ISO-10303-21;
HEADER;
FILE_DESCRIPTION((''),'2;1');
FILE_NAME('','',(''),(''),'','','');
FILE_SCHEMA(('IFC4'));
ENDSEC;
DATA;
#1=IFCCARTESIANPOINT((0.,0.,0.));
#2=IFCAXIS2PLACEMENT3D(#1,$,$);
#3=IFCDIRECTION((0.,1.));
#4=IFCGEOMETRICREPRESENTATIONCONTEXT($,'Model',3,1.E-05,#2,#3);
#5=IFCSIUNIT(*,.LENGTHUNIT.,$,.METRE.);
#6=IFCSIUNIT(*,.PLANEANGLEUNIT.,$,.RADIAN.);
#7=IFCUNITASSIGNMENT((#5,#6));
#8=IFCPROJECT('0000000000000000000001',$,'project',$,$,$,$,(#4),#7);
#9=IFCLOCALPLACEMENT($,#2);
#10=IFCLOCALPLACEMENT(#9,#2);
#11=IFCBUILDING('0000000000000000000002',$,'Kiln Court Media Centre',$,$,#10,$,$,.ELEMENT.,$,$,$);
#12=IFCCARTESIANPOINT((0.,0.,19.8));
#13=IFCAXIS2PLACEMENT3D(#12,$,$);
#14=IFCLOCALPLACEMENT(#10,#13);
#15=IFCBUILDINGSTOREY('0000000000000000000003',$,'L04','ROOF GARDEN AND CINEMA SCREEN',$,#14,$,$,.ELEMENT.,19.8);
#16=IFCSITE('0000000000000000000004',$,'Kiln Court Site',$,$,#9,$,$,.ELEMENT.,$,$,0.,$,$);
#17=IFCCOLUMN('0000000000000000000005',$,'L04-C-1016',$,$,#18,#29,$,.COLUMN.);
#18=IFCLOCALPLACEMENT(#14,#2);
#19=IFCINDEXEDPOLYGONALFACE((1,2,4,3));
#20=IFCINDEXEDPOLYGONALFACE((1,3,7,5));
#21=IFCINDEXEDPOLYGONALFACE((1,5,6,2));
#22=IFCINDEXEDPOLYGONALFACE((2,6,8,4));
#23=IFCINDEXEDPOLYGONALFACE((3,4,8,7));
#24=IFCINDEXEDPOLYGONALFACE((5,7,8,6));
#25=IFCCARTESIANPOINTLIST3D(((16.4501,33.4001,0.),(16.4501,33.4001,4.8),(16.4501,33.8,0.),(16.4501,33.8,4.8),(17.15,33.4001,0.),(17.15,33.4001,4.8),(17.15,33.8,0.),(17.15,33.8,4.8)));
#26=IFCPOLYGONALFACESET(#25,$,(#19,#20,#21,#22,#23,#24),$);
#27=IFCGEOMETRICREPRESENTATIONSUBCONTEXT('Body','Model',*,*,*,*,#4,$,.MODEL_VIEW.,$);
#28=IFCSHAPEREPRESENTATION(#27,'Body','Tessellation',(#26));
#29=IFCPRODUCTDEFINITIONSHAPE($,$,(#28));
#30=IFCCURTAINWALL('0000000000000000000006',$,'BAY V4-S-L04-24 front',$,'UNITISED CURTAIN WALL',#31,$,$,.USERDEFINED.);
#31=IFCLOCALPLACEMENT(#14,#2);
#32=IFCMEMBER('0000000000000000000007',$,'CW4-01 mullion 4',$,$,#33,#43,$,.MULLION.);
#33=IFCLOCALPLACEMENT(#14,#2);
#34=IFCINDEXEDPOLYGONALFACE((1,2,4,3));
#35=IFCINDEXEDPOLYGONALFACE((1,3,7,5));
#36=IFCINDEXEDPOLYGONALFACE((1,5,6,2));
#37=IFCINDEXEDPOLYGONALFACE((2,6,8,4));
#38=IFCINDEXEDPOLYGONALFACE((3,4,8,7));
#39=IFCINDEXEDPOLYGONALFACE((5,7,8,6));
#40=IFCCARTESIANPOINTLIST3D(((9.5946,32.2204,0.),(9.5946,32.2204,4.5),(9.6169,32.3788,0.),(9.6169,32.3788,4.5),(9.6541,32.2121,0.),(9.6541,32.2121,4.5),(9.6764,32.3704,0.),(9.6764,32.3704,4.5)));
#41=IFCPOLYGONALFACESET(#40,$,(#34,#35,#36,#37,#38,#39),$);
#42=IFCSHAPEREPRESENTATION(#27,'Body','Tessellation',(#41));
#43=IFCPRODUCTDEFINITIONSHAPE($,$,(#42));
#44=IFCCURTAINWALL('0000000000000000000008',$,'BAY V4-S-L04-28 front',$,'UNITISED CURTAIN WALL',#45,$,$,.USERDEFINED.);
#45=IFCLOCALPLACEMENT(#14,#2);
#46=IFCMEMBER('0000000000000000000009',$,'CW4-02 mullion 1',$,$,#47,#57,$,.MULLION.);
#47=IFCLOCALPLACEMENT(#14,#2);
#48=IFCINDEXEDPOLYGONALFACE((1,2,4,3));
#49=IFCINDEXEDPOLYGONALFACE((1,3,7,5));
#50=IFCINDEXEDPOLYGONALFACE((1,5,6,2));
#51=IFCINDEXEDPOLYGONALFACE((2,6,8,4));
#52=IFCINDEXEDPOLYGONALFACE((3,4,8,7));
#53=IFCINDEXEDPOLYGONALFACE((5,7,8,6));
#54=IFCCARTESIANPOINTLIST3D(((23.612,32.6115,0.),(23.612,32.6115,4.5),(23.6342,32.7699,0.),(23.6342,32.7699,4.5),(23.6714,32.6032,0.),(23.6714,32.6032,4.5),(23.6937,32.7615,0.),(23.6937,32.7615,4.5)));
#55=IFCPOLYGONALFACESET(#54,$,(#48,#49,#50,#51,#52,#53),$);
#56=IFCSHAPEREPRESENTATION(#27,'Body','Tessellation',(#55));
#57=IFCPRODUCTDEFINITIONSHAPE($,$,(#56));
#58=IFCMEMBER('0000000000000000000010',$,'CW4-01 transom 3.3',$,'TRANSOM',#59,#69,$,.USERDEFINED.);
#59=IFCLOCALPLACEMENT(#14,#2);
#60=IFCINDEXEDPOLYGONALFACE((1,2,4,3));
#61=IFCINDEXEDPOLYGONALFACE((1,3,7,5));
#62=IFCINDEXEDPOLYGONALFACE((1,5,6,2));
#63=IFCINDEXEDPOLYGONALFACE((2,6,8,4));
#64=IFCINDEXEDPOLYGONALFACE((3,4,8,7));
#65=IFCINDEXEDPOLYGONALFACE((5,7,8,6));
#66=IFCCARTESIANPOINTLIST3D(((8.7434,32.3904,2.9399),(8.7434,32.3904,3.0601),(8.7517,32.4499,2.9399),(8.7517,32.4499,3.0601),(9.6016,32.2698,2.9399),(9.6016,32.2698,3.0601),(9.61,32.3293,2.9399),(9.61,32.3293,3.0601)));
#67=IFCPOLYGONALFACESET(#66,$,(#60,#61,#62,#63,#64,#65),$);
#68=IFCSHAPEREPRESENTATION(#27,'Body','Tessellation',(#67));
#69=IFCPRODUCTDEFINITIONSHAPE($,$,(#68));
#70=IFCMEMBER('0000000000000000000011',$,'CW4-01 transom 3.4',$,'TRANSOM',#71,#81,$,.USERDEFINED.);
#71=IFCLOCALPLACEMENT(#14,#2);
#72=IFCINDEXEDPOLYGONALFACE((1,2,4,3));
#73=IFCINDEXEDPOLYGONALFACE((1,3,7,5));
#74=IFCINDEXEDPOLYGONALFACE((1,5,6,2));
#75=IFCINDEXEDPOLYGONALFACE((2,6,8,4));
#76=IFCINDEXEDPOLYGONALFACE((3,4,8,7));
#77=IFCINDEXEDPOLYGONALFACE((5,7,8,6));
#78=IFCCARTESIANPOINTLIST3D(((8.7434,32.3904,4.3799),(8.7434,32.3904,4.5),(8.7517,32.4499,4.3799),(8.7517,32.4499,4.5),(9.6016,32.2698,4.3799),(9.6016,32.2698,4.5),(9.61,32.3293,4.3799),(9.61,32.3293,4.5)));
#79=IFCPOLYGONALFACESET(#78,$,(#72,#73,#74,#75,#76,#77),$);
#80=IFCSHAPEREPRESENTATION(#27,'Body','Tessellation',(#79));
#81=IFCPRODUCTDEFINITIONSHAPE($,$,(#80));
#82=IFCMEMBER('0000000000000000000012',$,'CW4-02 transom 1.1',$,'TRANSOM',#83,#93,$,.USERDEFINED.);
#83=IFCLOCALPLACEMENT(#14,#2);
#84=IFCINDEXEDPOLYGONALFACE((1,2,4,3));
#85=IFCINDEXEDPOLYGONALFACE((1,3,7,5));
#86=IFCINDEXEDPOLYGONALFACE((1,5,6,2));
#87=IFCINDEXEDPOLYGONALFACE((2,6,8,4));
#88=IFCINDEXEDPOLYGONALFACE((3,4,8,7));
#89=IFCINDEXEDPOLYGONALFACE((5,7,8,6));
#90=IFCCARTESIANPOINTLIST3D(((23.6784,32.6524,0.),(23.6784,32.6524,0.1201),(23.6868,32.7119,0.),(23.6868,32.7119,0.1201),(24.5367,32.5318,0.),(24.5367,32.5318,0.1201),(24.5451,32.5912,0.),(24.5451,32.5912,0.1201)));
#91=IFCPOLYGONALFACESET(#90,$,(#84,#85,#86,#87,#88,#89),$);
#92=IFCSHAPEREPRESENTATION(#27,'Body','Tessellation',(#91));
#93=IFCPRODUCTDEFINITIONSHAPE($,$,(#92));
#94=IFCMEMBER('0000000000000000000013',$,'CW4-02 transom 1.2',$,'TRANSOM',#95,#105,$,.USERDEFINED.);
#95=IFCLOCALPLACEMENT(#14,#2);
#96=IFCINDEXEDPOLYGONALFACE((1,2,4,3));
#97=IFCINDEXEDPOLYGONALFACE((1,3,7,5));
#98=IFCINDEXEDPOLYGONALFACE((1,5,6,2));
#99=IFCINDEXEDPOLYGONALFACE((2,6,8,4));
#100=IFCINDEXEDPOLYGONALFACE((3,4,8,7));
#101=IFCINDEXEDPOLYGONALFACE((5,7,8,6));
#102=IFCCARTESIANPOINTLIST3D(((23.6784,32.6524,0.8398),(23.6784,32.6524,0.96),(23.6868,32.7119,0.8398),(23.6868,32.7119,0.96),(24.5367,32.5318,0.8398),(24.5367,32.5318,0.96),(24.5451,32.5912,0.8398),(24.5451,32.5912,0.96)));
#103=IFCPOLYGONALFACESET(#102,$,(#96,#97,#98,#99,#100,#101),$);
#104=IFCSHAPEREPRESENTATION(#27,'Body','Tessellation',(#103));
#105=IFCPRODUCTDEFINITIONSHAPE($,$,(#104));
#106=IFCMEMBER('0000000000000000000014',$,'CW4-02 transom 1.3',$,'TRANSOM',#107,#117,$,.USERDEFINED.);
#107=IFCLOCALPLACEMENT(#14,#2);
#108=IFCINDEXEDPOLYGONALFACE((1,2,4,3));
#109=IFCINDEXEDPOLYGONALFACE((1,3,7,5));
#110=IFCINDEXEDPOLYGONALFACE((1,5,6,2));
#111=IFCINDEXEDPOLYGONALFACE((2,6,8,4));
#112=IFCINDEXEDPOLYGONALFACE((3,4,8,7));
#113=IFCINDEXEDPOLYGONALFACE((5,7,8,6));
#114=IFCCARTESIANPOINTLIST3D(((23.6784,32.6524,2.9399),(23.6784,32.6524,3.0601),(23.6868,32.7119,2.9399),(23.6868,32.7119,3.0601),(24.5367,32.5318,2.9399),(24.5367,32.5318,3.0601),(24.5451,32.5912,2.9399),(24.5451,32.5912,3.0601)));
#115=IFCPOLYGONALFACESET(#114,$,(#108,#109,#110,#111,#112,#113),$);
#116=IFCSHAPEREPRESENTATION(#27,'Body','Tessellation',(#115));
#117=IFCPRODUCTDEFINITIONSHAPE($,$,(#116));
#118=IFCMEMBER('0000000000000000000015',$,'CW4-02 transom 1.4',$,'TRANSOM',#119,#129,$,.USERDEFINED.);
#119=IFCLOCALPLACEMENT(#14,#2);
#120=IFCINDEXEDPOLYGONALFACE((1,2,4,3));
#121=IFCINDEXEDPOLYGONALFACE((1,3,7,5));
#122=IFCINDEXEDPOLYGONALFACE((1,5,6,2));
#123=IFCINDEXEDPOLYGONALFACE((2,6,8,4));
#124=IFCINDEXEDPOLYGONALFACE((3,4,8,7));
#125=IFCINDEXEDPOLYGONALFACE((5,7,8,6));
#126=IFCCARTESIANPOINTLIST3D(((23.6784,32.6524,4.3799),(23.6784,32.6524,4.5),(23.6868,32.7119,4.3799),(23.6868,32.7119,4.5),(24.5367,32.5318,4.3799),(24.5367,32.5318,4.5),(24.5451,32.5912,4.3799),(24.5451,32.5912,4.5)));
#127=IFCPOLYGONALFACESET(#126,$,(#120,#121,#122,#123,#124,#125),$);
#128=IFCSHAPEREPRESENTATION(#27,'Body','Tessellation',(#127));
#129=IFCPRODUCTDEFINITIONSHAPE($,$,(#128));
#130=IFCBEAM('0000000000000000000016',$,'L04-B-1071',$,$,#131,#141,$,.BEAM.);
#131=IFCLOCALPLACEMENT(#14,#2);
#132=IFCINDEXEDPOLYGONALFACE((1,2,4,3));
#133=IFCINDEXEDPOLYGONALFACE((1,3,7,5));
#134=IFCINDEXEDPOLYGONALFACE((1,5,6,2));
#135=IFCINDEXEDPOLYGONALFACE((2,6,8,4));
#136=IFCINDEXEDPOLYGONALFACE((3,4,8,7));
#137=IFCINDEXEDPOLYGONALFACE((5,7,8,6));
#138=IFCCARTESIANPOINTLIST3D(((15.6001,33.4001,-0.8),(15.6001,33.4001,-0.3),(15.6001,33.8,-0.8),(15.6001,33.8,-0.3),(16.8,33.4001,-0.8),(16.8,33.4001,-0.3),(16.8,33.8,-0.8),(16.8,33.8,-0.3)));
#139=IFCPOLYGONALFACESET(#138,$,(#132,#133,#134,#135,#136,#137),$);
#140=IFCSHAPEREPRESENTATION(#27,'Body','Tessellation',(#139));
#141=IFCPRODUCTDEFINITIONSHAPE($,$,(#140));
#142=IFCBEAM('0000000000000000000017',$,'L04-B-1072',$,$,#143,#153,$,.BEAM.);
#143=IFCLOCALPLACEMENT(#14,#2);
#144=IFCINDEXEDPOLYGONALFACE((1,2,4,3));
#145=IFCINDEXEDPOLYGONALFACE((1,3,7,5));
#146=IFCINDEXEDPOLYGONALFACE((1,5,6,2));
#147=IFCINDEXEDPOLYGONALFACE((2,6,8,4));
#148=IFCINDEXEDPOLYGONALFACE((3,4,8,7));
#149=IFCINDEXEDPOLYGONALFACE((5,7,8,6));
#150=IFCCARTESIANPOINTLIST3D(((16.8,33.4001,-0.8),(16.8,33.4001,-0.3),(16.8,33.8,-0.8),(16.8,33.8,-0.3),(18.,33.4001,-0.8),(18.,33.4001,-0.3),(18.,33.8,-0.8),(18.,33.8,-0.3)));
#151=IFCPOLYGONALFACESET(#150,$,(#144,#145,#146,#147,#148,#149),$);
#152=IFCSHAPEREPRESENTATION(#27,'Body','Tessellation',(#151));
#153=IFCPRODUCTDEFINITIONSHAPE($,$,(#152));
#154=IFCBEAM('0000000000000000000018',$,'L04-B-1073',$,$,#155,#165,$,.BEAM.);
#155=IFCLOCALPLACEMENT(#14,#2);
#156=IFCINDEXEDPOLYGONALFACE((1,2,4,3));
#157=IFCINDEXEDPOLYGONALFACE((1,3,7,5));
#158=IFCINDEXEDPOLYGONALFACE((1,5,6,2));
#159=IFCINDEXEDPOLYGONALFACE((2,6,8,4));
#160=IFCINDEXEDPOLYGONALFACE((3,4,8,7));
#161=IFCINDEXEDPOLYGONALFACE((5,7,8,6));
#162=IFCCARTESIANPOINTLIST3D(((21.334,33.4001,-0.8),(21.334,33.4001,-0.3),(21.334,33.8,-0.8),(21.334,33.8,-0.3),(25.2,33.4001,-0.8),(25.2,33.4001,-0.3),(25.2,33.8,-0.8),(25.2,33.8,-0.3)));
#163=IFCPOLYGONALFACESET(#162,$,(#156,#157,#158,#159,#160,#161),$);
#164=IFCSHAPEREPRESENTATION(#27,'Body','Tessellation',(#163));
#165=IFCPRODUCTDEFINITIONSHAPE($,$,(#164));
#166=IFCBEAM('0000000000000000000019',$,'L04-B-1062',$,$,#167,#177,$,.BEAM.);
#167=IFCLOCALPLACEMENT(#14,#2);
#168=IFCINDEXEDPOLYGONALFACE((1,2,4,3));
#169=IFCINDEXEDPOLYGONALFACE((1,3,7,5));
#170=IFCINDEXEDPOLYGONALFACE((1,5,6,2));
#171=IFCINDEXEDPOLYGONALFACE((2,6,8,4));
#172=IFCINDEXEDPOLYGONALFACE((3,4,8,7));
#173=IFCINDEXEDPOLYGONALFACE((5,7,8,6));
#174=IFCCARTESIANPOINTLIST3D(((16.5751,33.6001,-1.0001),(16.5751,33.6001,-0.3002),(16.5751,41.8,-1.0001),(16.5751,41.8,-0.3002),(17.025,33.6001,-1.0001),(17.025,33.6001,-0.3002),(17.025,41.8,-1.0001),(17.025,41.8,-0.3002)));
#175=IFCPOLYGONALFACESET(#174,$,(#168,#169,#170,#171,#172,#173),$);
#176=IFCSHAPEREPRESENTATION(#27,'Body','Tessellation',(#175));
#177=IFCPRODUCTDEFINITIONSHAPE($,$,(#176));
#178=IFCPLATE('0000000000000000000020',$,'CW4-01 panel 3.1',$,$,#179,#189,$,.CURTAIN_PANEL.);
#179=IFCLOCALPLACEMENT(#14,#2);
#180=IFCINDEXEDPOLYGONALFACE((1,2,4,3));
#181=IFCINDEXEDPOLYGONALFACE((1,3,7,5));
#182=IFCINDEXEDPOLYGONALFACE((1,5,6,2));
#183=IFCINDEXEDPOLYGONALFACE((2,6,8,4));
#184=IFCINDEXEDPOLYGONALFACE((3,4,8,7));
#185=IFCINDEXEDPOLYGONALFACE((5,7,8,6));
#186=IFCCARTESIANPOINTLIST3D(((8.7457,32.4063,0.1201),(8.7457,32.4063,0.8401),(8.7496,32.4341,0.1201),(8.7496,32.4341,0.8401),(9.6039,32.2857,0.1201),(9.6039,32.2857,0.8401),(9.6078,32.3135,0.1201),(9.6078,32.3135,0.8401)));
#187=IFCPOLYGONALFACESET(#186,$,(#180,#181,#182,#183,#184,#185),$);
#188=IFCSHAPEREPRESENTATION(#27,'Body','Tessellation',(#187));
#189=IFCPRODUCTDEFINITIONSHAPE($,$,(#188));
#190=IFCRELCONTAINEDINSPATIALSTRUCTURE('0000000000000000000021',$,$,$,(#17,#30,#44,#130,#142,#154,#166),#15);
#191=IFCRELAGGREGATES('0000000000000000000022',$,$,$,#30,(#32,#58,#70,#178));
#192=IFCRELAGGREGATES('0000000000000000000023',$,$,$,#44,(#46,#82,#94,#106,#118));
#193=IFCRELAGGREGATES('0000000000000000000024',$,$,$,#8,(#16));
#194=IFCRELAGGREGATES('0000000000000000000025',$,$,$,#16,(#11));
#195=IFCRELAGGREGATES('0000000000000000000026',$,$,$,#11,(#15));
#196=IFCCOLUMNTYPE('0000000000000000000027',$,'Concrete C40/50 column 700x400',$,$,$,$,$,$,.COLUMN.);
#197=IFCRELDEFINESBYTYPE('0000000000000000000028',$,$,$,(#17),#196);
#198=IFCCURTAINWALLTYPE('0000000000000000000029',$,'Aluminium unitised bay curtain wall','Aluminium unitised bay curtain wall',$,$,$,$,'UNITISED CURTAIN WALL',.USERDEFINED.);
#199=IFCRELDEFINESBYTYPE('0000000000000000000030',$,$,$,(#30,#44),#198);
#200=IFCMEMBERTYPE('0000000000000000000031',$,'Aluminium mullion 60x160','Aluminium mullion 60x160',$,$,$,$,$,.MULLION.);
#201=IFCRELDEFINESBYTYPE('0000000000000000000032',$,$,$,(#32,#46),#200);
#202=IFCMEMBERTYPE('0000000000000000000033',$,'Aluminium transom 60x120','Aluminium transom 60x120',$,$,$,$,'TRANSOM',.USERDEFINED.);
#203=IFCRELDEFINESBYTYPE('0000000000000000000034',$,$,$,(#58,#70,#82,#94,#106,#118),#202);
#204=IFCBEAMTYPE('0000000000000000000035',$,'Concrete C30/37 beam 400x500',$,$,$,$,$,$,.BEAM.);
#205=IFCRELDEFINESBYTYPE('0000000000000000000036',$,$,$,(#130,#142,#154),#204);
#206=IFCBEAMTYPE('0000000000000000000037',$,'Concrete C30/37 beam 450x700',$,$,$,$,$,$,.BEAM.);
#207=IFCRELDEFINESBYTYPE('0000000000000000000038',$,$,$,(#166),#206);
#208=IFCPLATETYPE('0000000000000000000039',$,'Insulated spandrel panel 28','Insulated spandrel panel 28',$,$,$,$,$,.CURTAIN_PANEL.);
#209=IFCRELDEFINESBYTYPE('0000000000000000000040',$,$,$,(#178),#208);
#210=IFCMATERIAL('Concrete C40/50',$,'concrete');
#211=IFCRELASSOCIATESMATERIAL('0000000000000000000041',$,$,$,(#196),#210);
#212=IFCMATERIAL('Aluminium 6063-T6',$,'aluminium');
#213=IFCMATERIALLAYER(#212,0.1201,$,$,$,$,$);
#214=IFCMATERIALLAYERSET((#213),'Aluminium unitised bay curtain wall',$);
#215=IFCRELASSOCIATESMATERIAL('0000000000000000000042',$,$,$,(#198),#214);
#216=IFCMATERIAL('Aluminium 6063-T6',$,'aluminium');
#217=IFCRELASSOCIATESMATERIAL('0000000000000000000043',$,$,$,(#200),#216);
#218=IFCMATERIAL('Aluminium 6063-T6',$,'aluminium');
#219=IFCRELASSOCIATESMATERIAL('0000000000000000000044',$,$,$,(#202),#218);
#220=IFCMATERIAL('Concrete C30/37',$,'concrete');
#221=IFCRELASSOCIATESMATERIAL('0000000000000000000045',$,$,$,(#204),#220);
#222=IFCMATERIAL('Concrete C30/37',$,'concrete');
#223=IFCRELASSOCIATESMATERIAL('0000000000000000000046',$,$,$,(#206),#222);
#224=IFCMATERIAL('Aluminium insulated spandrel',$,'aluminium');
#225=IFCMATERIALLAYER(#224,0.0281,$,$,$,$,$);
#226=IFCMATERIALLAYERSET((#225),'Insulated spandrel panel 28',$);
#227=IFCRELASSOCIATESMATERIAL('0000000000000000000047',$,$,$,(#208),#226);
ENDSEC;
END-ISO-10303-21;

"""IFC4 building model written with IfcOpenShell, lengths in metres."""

from ifc_helpers import new_model, si_unit, direction, frame, origin, origin_2d, place, context, subcontext, project, spatial, rectangle, extrude, material, layer, layer_set, material_profile, profile_set, type_object, element, aggregate, save


model = new_model("IFC4")

# Units and contexts
model_context = context("Model", 3, precision=1e-05, world=origin(), true_north=direction((0.0, 1.0)))
body_context = subcontext(model_context, "Body", "Model", "MODEL_VIEW")
ifc_project = project(units=[si_unit("LENGTHUNIT", "METRE"), si_unit("PLANEANGLEUNIT", "RADIAN")], contexts=[model_context])

# Site, building, storey
site_placement = place(None, origin())
site = spatial("IfcSite", under=ifc_project, at=site_placement, Name="Kiln Court Site", CompositionType="ELEMENT", RefElevation=0.0)
building_placement = place(site_placement, origin())
building = spatial("IfcBuilding", under=site, at=building_placement, Name="Kiln Court Media Centre", CompositionType="ELEMENT")
storey_placement = place(building_placement, frame((0.0, 0.0, 19.8)))
storey = spatial("IfcBuildingStorey", under=building, at=storey_placement, Name="L04", Description="ROOF GARDEN AND CINEMA SCREEN", CompositionType="ELEMENT", Elevation=19.8)

# Column
ifc_material_1 = material(Name="Concrete C40/50", Category="concrete")
ifc_material_profile_1 = material_profile(ifc_material_1, rectangle(XDim=0.7, YDim=0.3999, at=origin_2d()), Name="RC 700x400")
ifc_profile_set_1 = profile_set([ifc_material_profile_1], Name="Concrete C40/50")
column_type = type_object("IfcColumnType", Name="Concrete C40/50 column 700x400", PredefinedType="COLUMN", material=ifc_profile_set_1)
column_placement = place(storey_placement, frame((16.8, 33.6001, 0.0), z_axis=(0.0, 0.0, 1.0), x_axis=(1.0, 0.0, 0.0)))
element("IfcColumn", 1, at=column_placement, inside=storey, type_object=column_type, Name="L04-C-1016", PredefinedType="COLUMN", context=body_context, shape_type="SweptSolid", body=[
    extrude(rectangle(XDim=0.7, YDim=0.3999, at=origin_2d()), origin(), (0.0, 0.0, 1.0), 4.8),
])

# Curtain walls, members
ifc_material_2 = material(Name="Aluminium 6063-T6", Category="aluminium")
ifc_layer_1 = layer(ifc_material_2, 0.1201)
ifc_layer_set_1 = layer_set([ifc_layer_1], Name="Aluminium unitised bay curtain wall")
curtain_wall_type = type_object("IfcCurtainWallType", Name="Aluminium unitised bay curtain wall", Description="Aluminium unitised bay curtain wall", ElementType="UNITISED CURTAIN WALL", PredefinedType="USERDEFINED", material=ifc_layer_set_1)
curtain_wall_1_placement = place(storey_placement, origin())
curtain_wall_1 = element("IfcCurtainWall", 2, at=curtain_wall_1_placement, inside=storey, type_object=curtain_wall_type, Name="BAY V4-S-L04-24 front", ObjectType="UNITISED CURTAIN WALL", PredefinedType="USERDEFINED")
ifc_material_3 = material(Name="Aluminium 6063-T6", Category="aluminium")
ifc_material_profile_2 = material_profile(ifc_material_3, rectangle(XDim=0.0601, YDim=0.1599, at=origin_2d()), Name="Aluminium mullion 60x160")
ifc_profile_set_2 = profile_set([ifc_material_profile_2], Name="Aluminium 6063-T6")
member_type_1 = type_object("IfcMemberType", Name="Aluminium mullion 60x160", Description="Aluminium mullion 60x160", PredefinedType="MULLION", material=ifc_profile_set_2)
member_1_placement = place(storey_placement, frame((9.6355, 32.2954, 0.0), z_axis=(0.0, 0.0, 1.0), x_axis=(0.99027, -0.139162, 0.0)))
member_1 = element("IfcMember", 3, at=member_1_placement, type_object=member_type_1, Name="CW4-01 mullion 4", PredefinedType="MULLION", context=body_context, shape_type="SweptSolid", body=[
    extrude(rectangle(XDim=0.0601, YDim=0.1599, at=origin_2d()), origin(), (0.0, 0.0, 1.0), 4.5),
])
curtain_wall_2_placement = place(storey_placement, origin())
curtain_wall_2 = element("IfcCurtainWall", 4, at=curtain_wall_2_placement, inside=storey, type_object=curtain_wall_type, Name="BAY V4-S-L04-28 front", ObjectType="UNITISED CURTAIN WALL", PredefinedType="USERDEFINED")
member_2_placement = place(storey_placement, frame((23.6528, 32.6865, 0.0), z_axis=(0.0, 0.0, 1.0), x_axis=(0.99027, -0.139162, 0.0)))
member_2 = element("IfcMember", 5, at=member_2_placement, type_object=member_type_1, Name="CW4-02 mullion 1", PredefinedType="MULLION", context=body_context, shape_type="SweptSolid", body=[
    extrude(rectangle(XDim=0.0601, YDim=0.1599, at=origin_2d()), origin(), (0.0, 0.0, 1.0), 4.5),
])

# Members
ifc_material_4 = material(Name="Aluminium 6063-T6", Category="aluminium")
ifc_material_profile_3 = material_profile(ifc_material_4, rectangle(XDim=0.0601, YDim=0.1201, at=origin_2d()), Name="Aluminium transom 60x120")
ifc_profile_set_3 = profile_set([ifc_material_profile_3], Name="Aluminium 6063-T6")
member_type_2 = type_object("IfcMemberType", Name="Aluminium transom 60x120", Description="Aluminium transom 60x120", ElementType="TRANSOM", PredefinedType="USERDEFINED", material=ifc_profile_set_3)
member_3_placement = place(storey_placement, frame((8.7476, 32.4202, 3.0), z_axis=(0.990268, -0.139173, 0.0), x_axis=(0.139173, 0.990268, 0.0)))
member_3 = element("IfcMember", 6, at=member_3_placement, type_object=member_type_2, Name="CW4-01 transom 3.3", ObjectType="TRANSOM", PredefinedType="USERDEFINED", context=body_context, shape_type="SweptSolid", body=[
    extrude(rectangle(XDim=0.0601, YDim=0.1201, at=origin_2d()), origin(), (0.0, 0.0, 1.0), 0.8667),
])
member_4_placement = place(storey_placement, frame((8.7476, 32.4202, 4.4399), z_axis=(0.990268, -0.139173, 0.0), x_axis=(0.139173, 0.990268, 0.0)))
member_4 = element("IfcMember", 7, at=member_4_placement, type_object=member_type_2, Name="CW4-01 transom 3.4", ObjectType="TRANSOM", PredefinedType="USERDEFINED", context=body_context, shape_type="SweptSolid", body=[
    extrude(rectangle(XDim=0.0601, YDim=0.1201, at=origin_2d()), origin(), (0.0, 0.0, 1.0), 0.8667),
])
member_5_placement = place(storey_placement, frame((23.6826, 32.6821, 0.0601), z_axis=(0.990268, -0.139173, 0.0), x_axis=(0.139173, 0.990268, 0.0)))
member_5 = element("IfcMember", 8, at=member_5_placement, type_object=member_type_2, Name="CW4-02 transom 1.1", ObjectType="TRANSOM", PredefinedType="USERDEFINED", context=body_context, shape_type="SweptSolid", body=[
    extrude(rectangle(XDim=0.0601, YDim=0.1201, at=origin_2d()), origin(), (0.0, 0.0, 1.0), 0.8667),
])
member_6_placement = place(storey_placement, frame((23.6826, 32.6821, 0.8999), z_axis=(0.990268, -0.139173, 0.0), x_axis=(0.139173, 0.990268, 0.0)))
member_6 = element("IfcMember", 9, at=member_6_placement, type_object=member_type_2, Name="CW4-02 transom 1.2", ObjectType="TRANSOM", PredefinedType="USERDEFINED", context=body_context, shape_type="SweptSolid", body=[
    extrude(rectangle(XDim=0.0601, YDim=0.1201, at=origin_2d()), origin(), (0.0, 0.0, 1.0), 0.8667),
])
member_7_placement = place(storey_placement, frame((23.6826, 32.6821, 3.0), z_axis=(0.990268, -0.139173, 0.0), x_axis=(0.139173, 0.990268, 0.0)))
member_7 = element("IfcMember", 10, at=member_7_placement, type_object=member_type_2, Name="CW4-02 transom 1.3", ObjectType="TRANSOM", PredefinedType="USERDEFINED", context=body_context, shape_type="SweptSolid", body=[
    extrude(rectangle(XDim=0.0601, YDim=0.1201, at=origin_2d()), origin(), (0.0, 0.0, 1.0), 0.8667),
])
member_8_placement = place(storey_placement, frame((23.6826, 32.6821, 4.4399), z_axis=(0.990268, -0.139173, 0.0), x_axis=(0.139173, 0.990268, 0.0)))
member_8 = element("IfcMember", 11, at=member_8_placement, type_object=member_type_2, Name="CW4-02 transom 1.4", ObjectType="TRANSOM", PredefinedType="USERDEFINED", context=body_context, shape_type="SweptSolid", body=[
    extrude(rectangle(XDim=0.0601, YDim=0.1201, at=origin_2d()), origin(), (0.0, 0.0, 1.0), 0.8667),
])

# Beams
ifc_material_5 = material(Name="Concrete C30/37", Category="concrete")
ifc_material_profile_4 = material_profile(ifc_material_5, rectangle(XDim=0.3999, YDim=0.5, at=origin_2d()), Name="RC 400x500")
ifc_profile_set_4 = profile_set([ifc_material_profile_4], Name="Concrete C30/37")
beam_type_1 = type_object("IfcBeamType", Name="Concrete C30/37 beam 400x500", PredefinedType="BEAM", material=ifc_profile_set_4)
for number, where, z_axis, x_axis, name in (
    (12, (15.6001, 33.6001, -0.55), (1.0, 0.0, 0.0), (0.0, 1.0, 0.0), "L04-B-1071"),
    (13, (16.8, 33.6001, -0.55), (1.0, 0.0, 0.0), (0.0, 1.0, 0.0), "L04-B-1072"),
):
    element("IfcBeam", number, at=place(storey_placement, frame(where, z_axis=z_axis, x_axis=x_axis)), inside=storey, type_object=beam_type_1, Name=name, PredefinedType="BEAM", context=body_context, shape_type="SweptSolid", body=[
        extrude(rectangle(XDim=0.3999, YDim=0.5, at=origin_2d()), origin(), (0.0, 0.0, 1.0), 1.2),
    ])
beam_1_placement = place(storey_placement, frame((21.334, 33.6001, -0.55), z_axis=(1.0, 0.0, 0.0), x_axis=(0.0, 1.0, 0.0)))
element("IfcBeam", 14, at=beam_1_placement, inside=storey, type_object=beam_type_1, Name="L04-B-1073", PredefinedType="BEAM", context=body_context, shape_type="SweptSolid", body=[
    extrude(rectangle(XDim=0.3999, YDim=0.5, at=origin_2d()), origin(), (0.0, 0.0, 1.0), 3.866),
])
ifc_material_6 = material(Name="Concrete C30/37", Category="concrete")
ifc_material_profile_5 = material_profile(ifc_material_6, rectangle(XDim=0.45, YDim=0.7, at=origin_2d()), Name="RC 450x700")
ifc_profile_set_5 = profile_set([ifc_material_profile_5], Name="Concrete C30/37")
beam_type_2 = type_object("IfcBeamType", Name="Concrete C30/37 beam 450x700", PredefinedType="BEAM", material=ifc_profile_set_5)
beam_2_placement = place(storey_placement, frame((16.8, 33.6001, -0.6501), z_axis=(0.0, 1.0, 0.0), x_axis=(-1.0, 0.0, 0.0)))
element("IfcBeam", 15, at=beam_2_placement, inside=storey, type_object=beam_type_2, Name="L04-B-1062", PredefinedType="BEAM", context=body_context, shape_type="SweptSolid", body=[
    extrude(rectangle(XDim=0.45, YDim=0.7, at=origin_2d()), origin(), (0.0, 0.0, 1.0), 8.2),
])

# Plate
ifc_material_7 = material(Name="Aluminium insulated spandrel", Category="aluminium")
ifc_layer_2 = layer(ifc_material_7, 0.0281)
ifc_layer_set_2 = layer_set([ifc_layer_2], Name="Insulated spandrel panel 28")
plate_type_1 = type_object("IfcPlateType", Name="Insulated spandrel panel 28", Description="Insulated spandrel panel 28", PredefinedType="CURTAIN_PANEL", material=ifc_layer_set_2)
plate_1_placement = place(storey_placement, frame((9.1768, 32.3599, 0.1201), z_axis=(0.0, 0.0, 1.0), x_axis=(0.99027, -0.139162, 0.0)))
plate_1 = element("IfcPlate", 16, at=plate_1_placement, type_object=plate_type_1, Name="CW4-01 panel 3.1", PredefinedType="CURTAIN_PANEL", context=body_context, shape_type="SweptSolid", body=[
    extrude(rectangle(XDim=0.8667, YDim=0.0281, at=origin_2d()), origin(), (0.0, 0.0, 1.0), 0.72),
])
aggregate(curtain_wall_1, [member_1, member_3, member_4, plate_1])
aggregate(curtain_wall_2, [member_2, member_5, member_6, member_7, member_8])

save(model, "model.ifc")
